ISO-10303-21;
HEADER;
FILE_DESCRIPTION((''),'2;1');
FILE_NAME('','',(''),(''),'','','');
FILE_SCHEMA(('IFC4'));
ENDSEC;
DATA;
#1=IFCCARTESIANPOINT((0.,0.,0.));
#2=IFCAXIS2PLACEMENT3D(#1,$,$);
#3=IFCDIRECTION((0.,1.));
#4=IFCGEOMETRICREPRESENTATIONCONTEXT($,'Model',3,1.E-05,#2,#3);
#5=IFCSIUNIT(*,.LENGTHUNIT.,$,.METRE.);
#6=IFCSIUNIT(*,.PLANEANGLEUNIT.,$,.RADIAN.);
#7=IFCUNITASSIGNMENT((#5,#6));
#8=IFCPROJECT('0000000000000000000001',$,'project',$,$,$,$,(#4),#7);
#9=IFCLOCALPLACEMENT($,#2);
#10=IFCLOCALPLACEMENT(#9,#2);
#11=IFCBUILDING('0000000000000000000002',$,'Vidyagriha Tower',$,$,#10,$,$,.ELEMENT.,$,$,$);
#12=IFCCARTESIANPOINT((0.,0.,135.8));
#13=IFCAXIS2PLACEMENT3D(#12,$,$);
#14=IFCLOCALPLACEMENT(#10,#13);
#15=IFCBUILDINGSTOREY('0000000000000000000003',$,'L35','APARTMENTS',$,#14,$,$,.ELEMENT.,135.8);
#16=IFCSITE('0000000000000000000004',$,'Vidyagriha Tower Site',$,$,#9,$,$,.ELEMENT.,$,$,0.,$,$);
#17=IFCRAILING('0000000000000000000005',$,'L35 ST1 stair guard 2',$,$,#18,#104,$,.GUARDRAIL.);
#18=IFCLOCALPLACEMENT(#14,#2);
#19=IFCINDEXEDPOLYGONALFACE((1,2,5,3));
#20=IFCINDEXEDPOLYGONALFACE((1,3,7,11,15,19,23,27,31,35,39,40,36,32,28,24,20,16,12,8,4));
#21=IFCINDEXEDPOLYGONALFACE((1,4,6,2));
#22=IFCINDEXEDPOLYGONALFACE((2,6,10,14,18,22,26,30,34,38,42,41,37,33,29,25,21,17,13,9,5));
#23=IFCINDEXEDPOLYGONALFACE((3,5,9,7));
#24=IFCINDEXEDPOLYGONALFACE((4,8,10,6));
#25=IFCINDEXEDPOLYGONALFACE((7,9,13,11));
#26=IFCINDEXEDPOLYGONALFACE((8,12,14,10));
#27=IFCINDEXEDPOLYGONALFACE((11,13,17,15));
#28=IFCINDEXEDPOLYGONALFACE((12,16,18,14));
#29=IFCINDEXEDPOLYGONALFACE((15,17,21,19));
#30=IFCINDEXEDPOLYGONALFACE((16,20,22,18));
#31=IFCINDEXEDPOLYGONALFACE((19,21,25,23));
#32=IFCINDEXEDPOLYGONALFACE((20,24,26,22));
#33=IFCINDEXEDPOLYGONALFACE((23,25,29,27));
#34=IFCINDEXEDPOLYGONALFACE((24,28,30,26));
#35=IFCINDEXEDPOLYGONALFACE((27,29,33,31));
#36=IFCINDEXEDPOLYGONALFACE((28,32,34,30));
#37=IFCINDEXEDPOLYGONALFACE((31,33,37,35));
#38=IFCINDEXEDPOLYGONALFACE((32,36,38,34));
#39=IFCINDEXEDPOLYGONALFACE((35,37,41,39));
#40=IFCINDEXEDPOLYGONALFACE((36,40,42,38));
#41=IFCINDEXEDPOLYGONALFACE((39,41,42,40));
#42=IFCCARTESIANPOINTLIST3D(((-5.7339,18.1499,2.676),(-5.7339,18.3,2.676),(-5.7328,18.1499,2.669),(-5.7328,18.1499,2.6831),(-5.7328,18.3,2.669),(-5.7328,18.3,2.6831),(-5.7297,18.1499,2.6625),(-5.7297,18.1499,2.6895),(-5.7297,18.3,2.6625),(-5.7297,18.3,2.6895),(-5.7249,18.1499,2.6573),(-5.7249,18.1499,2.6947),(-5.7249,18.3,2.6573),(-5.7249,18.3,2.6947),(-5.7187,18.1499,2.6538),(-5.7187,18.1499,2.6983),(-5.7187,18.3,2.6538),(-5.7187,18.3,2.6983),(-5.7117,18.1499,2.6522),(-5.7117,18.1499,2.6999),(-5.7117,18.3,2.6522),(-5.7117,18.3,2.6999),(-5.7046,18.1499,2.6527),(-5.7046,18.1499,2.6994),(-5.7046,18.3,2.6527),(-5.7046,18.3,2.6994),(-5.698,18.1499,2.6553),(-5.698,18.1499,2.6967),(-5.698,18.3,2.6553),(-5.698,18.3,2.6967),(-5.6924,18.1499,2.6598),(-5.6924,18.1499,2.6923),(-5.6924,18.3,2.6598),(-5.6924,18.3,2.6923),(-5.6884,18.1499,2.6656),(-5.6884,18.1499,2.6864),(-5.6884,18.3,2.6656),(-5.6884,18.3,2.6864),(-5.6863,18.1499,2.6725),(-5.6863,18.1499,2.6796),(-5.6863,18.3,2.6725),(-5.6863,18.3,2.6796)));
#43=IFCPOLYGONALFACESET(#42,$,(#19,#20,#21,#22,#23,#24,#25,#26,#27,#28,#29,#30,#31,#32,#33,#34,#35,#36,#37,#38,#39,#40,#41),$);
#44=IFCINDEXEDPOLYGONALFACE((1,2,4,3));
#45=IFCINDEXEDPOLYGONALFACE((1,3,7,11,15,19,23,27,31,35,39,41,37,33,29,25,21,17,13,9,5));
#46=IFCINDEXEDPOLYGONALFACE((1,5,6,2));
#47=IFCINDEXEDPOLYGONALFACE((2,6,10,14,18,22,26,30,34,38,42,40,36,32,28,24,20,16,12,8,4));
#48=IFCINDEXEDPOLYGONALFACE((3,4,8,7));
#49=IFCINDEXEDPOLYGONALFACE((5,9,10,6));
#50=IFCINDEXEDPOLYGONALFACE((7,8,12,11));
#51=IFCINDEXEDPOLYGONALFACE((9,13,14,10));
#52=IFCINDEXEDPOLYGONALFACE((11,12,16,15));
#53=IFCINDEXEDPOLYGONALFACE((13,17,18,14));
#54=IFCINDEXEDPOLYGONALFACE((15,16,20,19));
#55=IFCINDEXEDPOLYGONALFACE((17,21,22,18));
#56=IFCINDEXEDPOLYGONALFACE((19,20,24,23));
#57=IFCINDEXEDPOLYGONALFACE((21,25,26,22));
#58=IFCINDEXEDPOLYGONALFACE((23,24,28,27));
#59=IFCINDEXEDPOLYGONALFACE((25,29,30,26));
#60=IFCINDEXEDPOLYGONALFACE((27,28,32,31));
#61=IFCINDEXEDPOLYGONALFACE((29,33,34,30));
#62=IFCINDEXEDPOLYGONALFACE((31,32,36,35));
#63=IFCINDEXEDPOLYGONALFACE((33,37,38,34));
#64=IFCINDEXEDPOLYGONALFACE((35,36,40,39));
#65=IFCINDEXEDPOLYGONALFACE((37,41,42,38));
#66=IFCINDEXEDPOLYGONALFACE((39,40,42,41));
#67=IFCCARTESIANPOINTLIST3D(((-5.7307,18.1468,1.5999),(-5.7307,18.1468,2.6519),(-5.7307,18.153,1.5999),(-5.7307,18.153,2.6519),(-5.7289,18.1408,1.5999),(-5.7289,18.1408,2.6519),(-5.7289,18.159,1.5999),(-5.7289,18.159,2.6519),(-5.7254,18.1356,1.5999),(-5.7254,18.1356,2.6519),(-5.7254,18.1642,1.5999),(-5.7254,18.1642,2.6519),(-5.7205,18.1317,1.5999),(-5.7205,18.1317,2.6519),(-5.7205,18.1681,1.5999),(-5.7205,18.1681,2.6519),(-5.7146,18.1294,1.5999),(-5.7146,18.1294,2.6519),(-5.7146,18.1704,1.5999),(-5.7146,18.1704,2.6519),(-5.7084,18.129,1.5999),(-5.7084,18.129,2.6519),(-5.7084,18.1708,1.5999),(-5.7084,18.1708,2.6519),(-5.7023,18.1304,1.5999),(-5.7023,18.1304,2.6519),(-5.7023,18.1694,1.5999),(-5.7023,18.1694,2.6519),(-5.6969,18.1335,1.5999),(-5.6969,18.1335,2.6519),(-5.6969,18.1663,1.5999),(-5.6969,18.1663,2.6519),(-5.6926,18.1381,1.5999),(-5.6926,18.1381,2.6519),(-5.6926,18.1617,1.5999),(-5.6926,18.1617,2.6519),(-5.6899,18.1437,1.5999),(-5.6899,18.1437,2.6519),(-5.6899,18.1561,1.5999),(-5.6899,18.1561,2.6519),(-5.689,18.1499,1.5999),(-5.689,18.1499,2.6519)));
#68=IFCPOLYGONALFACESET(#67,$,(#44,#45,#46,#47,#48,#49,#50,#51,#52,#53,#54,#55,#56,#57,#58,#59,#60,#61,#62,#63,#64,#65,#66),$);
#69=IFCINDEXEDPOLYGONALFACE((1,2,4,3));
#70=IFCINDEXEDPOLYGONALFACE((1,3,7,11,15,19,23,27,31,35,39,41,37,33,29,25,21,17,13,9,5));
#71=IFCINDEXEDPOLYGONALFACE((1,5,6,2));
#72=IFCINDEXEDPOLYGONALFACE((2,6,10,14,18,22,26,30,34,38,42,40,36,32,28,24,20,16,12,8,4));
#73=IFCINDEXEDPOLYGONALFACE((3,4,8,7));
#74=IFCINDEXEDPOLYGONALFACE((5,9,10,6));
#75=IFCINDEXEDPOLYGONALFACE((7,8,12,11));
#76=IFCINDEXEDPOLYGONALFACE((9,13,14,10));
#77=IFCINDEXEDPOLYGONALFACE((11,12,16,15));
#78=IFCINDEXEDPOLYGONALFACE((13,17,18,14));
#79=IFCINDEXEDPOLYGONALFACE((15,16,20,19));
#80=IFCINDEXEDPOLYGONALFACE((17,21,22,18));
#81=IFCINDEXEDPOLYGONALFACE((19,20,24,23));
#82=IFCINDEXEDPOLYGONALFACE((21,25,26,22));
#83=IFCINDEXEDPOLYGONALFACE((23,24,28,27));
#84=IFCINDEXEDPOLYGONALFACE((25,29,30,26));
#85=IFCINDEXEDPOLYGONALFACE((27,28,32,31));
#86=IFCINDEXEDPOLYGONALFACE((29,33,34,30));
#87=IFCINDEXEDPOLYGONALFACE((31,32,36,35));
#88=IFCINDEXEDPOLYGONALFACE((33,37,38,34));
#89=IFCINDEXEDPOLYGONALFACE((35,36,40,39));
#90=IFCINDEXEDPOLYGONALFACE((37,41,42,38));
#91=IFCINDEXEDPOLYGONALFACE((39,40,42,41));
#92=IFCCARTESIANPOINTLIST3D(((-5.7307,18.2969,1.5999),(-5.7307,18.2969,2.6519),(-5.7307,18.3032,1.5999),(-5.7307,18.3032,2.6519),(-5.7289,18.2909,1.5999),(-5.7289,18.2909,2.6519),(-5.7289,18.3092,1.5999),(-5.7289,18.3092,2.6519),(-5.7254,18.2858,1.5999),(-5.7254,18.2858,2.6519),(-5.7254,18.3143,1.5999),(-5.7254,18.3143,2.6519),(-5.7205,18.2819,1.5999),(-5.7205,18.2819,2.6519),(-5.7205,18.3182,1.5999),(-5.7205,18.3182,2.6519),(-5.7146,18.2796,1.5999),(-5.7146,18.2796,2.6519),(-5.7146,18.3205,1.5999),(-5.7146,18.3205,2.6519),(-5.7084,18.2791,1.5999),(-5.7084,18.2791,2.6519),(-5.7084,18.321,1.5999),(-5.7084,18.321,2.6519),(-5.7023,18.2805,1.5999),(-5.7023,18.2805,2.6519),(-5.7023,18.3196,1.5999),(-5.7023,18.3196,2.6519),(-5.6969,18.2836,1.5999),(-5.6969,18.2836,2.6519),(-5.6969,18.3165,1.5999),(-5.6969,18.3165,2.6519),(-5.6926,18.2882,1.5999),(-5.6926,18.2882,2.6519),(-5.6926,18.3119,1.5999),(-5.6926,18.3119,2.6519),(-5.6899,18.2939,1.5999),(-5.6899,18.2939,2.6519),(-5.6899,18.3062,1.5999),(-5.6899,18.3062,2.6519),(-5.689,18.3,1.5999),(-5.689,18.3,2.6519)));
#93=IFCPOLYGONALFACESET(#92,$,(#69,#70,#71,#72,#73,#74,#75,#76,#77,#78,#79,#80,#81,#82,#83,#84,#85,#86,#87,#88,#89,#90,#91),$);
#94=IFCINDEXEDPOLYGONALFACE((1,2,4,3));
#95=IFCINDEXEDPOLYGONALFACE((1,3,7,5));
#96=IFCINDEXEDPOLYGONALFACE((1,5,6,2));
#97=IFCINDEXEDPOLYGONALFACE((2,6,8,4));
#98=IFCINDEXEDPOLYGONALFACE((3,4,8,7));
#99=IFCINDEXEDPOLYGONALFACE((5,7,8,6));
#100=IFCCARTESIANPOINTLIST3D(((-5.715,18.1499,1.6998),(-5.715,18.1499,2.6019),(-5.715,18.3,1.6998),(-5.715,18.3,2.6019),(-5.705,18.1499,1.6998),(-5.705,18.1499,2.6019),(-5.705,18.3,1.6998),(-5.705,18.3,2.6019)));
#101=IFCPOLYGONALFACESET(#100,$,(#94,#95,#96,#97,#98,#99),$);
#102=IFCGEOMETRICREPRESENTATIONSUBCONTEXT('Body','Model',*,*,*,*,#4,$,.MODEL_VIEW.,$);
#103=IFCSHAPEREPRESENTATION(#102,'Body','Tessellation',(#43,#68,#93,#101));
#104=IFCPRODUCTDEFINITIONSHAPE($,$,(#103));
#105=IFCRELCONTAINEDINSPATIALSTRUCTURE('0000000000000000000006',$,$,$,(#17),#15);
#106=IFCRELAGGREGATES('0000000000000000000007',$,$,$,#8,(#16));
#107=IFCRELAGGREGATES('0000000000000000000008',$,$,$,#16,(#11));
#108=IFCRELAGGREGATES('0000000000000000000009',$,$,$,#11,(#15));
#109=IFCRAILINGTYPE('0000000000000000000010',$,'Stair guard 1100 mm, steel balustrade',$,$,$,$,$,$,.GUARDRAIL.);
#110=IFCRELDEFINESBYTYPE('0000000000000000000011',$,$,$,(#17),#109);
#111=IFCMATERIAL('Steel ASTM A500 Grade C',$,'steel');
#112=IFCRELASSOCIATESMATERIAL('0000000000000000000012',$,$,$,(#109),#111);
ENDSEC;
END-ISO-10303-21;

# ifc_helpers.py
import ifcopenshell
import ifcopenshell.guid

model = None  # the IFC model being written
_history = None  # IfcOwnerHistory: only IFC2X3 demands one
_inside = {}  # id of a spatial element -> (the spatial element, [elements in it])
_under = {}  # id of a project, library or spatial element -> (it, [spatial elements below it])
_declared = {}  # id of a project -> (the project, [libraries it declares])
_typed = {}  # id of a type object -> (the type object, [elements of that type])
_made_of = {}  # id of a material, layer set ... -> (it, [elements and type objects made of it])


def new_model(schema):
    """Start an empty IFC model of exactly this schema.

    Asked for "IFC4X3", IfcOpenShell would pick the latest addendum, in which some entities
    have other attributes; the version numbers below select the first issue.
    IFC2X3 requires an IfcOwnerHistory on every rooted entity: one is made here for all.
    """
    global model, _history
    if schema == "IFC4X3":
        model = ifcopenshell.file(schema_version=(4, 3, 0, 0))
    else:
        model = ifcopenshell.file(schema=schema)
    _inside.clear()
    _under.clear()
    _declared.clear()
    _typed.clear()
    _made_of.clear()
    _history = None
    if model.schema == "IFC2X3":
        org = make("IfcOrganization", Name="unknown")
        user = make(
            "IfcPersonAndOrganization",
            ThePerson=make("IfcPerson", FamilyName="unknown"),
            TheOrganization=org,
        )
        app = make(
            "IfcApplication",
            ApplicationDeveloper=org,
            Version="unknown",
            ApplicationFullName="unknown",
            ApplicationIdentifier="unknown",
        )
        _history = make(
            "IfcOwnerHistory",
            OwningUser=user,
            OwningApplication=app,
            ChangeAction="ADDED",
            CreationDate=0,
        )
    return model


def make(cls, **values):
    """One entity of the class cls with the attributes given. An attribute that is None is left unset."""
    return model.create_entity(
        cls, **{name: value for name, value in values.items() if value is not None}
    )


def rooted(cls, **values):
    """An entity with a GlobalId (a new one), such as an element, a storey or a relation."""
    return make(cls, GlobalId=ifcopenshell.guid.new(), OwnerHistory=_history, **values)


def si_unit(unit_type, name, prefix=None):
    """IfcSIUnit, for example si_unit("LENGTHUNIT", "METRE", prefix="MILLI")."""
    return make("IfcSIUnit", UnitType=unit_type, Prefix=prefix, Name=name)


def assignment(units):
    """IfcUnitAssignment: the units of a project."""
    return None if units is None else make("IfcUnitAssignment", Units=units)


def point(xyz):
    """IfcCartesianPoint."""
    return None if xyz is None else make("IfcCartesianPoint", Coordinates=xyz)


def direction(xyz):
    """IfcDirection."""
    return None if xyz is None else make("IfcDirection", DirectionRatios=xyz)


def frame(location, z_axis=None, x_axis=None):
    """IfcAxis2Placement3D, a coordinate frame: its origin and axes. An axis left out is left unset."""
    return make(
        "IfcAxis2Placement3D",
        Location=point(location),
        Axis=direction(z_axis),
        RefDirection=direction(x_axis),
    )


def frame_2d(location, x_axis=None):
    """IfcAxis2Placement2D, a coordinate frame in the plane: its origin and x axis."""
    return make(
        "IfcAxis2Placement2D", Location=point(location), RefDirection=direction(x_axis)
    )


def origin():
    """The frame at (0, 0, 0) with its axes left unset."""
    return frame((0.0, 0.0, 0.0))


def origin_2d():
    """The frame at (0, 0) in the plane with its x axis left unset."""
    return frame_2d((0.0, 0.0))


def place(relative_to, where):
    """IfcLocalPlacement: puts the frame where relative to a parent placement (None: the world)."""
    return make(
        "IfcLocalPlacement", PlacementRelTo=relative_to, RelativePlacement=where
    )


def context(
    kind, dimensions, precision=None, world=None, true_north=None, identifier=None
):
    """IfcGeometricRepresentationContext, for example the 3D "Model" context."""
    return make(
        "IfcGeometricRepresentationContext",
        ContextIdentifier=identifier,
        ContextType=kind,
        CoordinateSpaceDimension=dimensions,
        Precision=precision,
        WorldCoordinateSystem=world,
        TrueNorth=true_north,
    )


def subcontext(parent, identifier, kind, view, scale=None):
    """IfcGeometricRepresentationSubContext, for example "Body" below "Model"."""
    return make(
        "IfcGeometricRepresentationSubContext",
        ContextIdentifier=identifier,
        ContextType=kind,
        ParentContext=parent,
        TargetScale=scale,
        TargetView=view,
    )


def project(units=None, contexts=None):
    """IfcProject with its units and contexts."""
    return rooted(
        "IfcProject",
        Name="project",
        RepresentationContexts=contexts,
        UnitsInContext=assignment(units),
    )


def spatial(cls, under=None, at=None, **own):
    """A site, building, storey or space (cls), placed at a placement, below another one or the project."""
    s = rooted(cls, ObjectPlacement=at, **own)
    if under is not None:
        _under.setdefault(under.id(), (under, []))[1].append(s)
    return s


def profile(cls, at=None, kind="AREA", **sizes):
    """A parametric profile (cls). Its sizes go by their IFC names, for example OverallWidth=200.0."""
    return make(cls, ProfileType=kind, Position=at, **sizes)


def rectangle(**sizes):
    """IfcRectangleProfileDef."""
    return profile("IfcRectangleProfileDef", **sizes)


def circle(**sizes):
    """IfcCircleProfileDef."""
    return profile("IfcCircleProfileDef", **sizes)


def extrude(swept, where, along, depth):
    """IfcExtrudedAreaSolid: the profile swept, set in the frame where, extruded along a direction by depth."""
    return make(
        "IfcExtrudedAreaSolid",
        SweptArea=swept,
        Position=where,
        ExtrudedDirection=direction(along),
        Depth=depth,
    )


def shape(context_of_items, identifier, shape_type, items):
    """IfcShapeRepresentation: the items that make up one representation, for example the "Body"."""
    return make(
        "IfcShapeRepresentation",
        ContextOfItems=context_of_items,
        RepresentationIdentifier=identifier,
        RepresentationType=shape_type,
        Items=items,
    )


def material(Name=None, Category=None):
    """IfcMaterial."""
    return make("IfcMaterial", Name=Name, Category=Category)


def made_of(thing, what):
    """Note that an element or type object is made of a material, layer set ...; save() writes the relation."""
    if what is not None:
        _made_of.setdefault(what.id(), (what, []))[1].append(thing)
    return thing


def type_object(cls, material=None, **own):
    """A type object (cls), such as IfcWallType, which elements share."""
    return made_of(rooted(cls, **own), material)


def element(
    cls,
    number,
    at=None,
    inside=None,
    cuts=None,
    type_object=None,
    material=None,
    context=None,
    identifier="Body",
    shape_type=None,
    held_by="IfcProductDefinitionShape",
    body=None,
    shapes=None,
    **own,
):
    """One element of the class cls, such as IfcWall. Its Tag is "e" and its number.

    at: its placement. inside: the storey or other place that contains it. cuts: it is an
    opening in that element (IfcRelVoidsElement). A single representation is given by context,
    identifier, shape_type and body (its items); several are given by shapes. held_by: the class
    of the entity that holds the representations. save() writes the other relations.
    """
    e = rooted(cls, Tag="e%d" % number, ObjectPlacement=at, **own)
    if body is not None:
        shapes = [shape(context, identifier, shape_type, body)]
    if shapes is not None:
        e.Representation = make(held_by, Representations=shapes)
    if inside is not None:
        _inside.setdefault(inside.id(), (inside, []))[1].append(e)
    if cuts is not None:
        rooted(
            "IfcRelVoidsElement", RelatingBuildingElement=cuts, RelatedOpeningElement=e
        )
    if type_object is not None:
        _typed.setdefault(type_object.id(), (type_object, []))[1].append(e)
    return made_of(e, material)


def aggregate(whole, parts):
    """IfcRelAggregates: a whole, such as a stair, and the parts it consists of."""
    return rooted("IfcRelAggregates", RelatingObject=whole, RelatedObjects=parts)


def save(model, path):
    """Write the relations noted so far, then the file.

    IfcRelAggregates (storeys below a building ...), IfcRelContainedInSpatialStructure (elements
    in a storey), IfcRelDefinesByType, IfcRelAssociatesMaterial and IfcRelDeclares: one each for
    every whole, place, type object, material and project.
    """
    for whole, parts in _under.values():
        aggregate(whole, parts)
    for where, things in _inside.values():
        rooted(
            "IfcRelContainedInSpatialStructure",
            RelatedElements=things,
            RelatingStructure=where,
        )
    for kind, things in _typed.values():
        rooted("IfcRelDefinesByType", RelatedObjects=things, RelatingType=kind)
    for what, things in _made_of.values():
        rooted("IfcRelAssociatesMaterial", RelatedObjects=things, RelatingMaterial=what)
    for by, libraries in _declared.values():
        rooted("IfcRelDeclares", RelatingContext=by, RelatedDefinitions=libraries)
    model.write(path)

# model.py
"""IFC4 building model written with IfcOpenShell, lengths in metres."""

from ifc_helpers import new_model, si_unit, direction, frame, origin, origin_2d, place, context, subcontext, project, spatial, rectangle, circle, extrude, material, type_object, element, save


model = new_model("IFC4")

# Units and contexts
model_context = context("Model", 3, precision=1e-05, world=origin(), true_north=direction((0.0, 1.0)))
body_context = subcontext(model_context, "Body", "Model", "MODEL_VIEW")
ifc_project = project(units=[si_unit("LENGTHUNIT", "METRE"), si_unit("PLANEANGLEUNIT", "RADIAN")], contexts=[model_context])

# Site, building, storey
site_placement = place(None, origin())
site = spatial("IfcSite", under=ifc_project, at=site_placement, Name="Vidyagriha Tower Site", CompositionType="ELEMENT", RefElevation=0.0)
building_placement = place(site_placement, origin())
building = spatial("IfcBuilding", under=site, at=building_placement, Name="Vidyagriha Tower", CompositionType="ELEMENT")
storey_placement = place(building_placement, frame((0.0, 0.0, 135.8)))
storey = spatial("IfcBuildingStorey", under=building, at=storey_placement, Name="L35", Description="APARTMENTS", CompositionType="ELEMENT", Elevation=135.8)

# Railing
ifc_material_1 = material(Name="Steel ASTM A500 Grade C", Category="steel")
railing_type_1 = type_object("IfcRailingType", Name="Stair guard 1100 mm, steel balustrade", PredefinedType="GUARDRAIL", material=ifc_material_1)
railing_1_placement = place(storey_placement, frame((-5.71, 18.1499, 1.5999)))
element("IfcRailing", 1, at=railing_1_placement, inside=storey, type_object=railing_type_1, Name="L35 ST1 stair guard 2", PredefinedType="GUARDRAIL", context=body_context, shape_type="SweptSolid", body=[
    extrude(circle(Radius=0.0239, at=origin_2d()), frame((0.0, 0.0, 1.0762), z_axis=(0.0, 1.0, 0.0), x_axis=(-1.0, 0.0, 0.0)), (0.0, 0.0, 1.0), 0.1501),
    extrude(circle(Radius=0.021, at=origin_2d()), origin(), (0.0, 0.0, 1.0), 1.052),
    extrude(circle(Radius=0.021, at=origin_2d()), frame((0.0, 0.1501, 0.0)), (0.0, 0.0, 1.0), 1.052),
    extrude(rectangle(XDim=0.01, YDim=0.9021, at=origin_2d()), frame((0.0, 0.0, 0.551), z_axis=(0.0, 1.0, 0.0), x_axis=(-1.0, 0.0, 0.0)), (0.0, 0.0, 1.0), 0.1501),
])

save(model, "model.ifc")
